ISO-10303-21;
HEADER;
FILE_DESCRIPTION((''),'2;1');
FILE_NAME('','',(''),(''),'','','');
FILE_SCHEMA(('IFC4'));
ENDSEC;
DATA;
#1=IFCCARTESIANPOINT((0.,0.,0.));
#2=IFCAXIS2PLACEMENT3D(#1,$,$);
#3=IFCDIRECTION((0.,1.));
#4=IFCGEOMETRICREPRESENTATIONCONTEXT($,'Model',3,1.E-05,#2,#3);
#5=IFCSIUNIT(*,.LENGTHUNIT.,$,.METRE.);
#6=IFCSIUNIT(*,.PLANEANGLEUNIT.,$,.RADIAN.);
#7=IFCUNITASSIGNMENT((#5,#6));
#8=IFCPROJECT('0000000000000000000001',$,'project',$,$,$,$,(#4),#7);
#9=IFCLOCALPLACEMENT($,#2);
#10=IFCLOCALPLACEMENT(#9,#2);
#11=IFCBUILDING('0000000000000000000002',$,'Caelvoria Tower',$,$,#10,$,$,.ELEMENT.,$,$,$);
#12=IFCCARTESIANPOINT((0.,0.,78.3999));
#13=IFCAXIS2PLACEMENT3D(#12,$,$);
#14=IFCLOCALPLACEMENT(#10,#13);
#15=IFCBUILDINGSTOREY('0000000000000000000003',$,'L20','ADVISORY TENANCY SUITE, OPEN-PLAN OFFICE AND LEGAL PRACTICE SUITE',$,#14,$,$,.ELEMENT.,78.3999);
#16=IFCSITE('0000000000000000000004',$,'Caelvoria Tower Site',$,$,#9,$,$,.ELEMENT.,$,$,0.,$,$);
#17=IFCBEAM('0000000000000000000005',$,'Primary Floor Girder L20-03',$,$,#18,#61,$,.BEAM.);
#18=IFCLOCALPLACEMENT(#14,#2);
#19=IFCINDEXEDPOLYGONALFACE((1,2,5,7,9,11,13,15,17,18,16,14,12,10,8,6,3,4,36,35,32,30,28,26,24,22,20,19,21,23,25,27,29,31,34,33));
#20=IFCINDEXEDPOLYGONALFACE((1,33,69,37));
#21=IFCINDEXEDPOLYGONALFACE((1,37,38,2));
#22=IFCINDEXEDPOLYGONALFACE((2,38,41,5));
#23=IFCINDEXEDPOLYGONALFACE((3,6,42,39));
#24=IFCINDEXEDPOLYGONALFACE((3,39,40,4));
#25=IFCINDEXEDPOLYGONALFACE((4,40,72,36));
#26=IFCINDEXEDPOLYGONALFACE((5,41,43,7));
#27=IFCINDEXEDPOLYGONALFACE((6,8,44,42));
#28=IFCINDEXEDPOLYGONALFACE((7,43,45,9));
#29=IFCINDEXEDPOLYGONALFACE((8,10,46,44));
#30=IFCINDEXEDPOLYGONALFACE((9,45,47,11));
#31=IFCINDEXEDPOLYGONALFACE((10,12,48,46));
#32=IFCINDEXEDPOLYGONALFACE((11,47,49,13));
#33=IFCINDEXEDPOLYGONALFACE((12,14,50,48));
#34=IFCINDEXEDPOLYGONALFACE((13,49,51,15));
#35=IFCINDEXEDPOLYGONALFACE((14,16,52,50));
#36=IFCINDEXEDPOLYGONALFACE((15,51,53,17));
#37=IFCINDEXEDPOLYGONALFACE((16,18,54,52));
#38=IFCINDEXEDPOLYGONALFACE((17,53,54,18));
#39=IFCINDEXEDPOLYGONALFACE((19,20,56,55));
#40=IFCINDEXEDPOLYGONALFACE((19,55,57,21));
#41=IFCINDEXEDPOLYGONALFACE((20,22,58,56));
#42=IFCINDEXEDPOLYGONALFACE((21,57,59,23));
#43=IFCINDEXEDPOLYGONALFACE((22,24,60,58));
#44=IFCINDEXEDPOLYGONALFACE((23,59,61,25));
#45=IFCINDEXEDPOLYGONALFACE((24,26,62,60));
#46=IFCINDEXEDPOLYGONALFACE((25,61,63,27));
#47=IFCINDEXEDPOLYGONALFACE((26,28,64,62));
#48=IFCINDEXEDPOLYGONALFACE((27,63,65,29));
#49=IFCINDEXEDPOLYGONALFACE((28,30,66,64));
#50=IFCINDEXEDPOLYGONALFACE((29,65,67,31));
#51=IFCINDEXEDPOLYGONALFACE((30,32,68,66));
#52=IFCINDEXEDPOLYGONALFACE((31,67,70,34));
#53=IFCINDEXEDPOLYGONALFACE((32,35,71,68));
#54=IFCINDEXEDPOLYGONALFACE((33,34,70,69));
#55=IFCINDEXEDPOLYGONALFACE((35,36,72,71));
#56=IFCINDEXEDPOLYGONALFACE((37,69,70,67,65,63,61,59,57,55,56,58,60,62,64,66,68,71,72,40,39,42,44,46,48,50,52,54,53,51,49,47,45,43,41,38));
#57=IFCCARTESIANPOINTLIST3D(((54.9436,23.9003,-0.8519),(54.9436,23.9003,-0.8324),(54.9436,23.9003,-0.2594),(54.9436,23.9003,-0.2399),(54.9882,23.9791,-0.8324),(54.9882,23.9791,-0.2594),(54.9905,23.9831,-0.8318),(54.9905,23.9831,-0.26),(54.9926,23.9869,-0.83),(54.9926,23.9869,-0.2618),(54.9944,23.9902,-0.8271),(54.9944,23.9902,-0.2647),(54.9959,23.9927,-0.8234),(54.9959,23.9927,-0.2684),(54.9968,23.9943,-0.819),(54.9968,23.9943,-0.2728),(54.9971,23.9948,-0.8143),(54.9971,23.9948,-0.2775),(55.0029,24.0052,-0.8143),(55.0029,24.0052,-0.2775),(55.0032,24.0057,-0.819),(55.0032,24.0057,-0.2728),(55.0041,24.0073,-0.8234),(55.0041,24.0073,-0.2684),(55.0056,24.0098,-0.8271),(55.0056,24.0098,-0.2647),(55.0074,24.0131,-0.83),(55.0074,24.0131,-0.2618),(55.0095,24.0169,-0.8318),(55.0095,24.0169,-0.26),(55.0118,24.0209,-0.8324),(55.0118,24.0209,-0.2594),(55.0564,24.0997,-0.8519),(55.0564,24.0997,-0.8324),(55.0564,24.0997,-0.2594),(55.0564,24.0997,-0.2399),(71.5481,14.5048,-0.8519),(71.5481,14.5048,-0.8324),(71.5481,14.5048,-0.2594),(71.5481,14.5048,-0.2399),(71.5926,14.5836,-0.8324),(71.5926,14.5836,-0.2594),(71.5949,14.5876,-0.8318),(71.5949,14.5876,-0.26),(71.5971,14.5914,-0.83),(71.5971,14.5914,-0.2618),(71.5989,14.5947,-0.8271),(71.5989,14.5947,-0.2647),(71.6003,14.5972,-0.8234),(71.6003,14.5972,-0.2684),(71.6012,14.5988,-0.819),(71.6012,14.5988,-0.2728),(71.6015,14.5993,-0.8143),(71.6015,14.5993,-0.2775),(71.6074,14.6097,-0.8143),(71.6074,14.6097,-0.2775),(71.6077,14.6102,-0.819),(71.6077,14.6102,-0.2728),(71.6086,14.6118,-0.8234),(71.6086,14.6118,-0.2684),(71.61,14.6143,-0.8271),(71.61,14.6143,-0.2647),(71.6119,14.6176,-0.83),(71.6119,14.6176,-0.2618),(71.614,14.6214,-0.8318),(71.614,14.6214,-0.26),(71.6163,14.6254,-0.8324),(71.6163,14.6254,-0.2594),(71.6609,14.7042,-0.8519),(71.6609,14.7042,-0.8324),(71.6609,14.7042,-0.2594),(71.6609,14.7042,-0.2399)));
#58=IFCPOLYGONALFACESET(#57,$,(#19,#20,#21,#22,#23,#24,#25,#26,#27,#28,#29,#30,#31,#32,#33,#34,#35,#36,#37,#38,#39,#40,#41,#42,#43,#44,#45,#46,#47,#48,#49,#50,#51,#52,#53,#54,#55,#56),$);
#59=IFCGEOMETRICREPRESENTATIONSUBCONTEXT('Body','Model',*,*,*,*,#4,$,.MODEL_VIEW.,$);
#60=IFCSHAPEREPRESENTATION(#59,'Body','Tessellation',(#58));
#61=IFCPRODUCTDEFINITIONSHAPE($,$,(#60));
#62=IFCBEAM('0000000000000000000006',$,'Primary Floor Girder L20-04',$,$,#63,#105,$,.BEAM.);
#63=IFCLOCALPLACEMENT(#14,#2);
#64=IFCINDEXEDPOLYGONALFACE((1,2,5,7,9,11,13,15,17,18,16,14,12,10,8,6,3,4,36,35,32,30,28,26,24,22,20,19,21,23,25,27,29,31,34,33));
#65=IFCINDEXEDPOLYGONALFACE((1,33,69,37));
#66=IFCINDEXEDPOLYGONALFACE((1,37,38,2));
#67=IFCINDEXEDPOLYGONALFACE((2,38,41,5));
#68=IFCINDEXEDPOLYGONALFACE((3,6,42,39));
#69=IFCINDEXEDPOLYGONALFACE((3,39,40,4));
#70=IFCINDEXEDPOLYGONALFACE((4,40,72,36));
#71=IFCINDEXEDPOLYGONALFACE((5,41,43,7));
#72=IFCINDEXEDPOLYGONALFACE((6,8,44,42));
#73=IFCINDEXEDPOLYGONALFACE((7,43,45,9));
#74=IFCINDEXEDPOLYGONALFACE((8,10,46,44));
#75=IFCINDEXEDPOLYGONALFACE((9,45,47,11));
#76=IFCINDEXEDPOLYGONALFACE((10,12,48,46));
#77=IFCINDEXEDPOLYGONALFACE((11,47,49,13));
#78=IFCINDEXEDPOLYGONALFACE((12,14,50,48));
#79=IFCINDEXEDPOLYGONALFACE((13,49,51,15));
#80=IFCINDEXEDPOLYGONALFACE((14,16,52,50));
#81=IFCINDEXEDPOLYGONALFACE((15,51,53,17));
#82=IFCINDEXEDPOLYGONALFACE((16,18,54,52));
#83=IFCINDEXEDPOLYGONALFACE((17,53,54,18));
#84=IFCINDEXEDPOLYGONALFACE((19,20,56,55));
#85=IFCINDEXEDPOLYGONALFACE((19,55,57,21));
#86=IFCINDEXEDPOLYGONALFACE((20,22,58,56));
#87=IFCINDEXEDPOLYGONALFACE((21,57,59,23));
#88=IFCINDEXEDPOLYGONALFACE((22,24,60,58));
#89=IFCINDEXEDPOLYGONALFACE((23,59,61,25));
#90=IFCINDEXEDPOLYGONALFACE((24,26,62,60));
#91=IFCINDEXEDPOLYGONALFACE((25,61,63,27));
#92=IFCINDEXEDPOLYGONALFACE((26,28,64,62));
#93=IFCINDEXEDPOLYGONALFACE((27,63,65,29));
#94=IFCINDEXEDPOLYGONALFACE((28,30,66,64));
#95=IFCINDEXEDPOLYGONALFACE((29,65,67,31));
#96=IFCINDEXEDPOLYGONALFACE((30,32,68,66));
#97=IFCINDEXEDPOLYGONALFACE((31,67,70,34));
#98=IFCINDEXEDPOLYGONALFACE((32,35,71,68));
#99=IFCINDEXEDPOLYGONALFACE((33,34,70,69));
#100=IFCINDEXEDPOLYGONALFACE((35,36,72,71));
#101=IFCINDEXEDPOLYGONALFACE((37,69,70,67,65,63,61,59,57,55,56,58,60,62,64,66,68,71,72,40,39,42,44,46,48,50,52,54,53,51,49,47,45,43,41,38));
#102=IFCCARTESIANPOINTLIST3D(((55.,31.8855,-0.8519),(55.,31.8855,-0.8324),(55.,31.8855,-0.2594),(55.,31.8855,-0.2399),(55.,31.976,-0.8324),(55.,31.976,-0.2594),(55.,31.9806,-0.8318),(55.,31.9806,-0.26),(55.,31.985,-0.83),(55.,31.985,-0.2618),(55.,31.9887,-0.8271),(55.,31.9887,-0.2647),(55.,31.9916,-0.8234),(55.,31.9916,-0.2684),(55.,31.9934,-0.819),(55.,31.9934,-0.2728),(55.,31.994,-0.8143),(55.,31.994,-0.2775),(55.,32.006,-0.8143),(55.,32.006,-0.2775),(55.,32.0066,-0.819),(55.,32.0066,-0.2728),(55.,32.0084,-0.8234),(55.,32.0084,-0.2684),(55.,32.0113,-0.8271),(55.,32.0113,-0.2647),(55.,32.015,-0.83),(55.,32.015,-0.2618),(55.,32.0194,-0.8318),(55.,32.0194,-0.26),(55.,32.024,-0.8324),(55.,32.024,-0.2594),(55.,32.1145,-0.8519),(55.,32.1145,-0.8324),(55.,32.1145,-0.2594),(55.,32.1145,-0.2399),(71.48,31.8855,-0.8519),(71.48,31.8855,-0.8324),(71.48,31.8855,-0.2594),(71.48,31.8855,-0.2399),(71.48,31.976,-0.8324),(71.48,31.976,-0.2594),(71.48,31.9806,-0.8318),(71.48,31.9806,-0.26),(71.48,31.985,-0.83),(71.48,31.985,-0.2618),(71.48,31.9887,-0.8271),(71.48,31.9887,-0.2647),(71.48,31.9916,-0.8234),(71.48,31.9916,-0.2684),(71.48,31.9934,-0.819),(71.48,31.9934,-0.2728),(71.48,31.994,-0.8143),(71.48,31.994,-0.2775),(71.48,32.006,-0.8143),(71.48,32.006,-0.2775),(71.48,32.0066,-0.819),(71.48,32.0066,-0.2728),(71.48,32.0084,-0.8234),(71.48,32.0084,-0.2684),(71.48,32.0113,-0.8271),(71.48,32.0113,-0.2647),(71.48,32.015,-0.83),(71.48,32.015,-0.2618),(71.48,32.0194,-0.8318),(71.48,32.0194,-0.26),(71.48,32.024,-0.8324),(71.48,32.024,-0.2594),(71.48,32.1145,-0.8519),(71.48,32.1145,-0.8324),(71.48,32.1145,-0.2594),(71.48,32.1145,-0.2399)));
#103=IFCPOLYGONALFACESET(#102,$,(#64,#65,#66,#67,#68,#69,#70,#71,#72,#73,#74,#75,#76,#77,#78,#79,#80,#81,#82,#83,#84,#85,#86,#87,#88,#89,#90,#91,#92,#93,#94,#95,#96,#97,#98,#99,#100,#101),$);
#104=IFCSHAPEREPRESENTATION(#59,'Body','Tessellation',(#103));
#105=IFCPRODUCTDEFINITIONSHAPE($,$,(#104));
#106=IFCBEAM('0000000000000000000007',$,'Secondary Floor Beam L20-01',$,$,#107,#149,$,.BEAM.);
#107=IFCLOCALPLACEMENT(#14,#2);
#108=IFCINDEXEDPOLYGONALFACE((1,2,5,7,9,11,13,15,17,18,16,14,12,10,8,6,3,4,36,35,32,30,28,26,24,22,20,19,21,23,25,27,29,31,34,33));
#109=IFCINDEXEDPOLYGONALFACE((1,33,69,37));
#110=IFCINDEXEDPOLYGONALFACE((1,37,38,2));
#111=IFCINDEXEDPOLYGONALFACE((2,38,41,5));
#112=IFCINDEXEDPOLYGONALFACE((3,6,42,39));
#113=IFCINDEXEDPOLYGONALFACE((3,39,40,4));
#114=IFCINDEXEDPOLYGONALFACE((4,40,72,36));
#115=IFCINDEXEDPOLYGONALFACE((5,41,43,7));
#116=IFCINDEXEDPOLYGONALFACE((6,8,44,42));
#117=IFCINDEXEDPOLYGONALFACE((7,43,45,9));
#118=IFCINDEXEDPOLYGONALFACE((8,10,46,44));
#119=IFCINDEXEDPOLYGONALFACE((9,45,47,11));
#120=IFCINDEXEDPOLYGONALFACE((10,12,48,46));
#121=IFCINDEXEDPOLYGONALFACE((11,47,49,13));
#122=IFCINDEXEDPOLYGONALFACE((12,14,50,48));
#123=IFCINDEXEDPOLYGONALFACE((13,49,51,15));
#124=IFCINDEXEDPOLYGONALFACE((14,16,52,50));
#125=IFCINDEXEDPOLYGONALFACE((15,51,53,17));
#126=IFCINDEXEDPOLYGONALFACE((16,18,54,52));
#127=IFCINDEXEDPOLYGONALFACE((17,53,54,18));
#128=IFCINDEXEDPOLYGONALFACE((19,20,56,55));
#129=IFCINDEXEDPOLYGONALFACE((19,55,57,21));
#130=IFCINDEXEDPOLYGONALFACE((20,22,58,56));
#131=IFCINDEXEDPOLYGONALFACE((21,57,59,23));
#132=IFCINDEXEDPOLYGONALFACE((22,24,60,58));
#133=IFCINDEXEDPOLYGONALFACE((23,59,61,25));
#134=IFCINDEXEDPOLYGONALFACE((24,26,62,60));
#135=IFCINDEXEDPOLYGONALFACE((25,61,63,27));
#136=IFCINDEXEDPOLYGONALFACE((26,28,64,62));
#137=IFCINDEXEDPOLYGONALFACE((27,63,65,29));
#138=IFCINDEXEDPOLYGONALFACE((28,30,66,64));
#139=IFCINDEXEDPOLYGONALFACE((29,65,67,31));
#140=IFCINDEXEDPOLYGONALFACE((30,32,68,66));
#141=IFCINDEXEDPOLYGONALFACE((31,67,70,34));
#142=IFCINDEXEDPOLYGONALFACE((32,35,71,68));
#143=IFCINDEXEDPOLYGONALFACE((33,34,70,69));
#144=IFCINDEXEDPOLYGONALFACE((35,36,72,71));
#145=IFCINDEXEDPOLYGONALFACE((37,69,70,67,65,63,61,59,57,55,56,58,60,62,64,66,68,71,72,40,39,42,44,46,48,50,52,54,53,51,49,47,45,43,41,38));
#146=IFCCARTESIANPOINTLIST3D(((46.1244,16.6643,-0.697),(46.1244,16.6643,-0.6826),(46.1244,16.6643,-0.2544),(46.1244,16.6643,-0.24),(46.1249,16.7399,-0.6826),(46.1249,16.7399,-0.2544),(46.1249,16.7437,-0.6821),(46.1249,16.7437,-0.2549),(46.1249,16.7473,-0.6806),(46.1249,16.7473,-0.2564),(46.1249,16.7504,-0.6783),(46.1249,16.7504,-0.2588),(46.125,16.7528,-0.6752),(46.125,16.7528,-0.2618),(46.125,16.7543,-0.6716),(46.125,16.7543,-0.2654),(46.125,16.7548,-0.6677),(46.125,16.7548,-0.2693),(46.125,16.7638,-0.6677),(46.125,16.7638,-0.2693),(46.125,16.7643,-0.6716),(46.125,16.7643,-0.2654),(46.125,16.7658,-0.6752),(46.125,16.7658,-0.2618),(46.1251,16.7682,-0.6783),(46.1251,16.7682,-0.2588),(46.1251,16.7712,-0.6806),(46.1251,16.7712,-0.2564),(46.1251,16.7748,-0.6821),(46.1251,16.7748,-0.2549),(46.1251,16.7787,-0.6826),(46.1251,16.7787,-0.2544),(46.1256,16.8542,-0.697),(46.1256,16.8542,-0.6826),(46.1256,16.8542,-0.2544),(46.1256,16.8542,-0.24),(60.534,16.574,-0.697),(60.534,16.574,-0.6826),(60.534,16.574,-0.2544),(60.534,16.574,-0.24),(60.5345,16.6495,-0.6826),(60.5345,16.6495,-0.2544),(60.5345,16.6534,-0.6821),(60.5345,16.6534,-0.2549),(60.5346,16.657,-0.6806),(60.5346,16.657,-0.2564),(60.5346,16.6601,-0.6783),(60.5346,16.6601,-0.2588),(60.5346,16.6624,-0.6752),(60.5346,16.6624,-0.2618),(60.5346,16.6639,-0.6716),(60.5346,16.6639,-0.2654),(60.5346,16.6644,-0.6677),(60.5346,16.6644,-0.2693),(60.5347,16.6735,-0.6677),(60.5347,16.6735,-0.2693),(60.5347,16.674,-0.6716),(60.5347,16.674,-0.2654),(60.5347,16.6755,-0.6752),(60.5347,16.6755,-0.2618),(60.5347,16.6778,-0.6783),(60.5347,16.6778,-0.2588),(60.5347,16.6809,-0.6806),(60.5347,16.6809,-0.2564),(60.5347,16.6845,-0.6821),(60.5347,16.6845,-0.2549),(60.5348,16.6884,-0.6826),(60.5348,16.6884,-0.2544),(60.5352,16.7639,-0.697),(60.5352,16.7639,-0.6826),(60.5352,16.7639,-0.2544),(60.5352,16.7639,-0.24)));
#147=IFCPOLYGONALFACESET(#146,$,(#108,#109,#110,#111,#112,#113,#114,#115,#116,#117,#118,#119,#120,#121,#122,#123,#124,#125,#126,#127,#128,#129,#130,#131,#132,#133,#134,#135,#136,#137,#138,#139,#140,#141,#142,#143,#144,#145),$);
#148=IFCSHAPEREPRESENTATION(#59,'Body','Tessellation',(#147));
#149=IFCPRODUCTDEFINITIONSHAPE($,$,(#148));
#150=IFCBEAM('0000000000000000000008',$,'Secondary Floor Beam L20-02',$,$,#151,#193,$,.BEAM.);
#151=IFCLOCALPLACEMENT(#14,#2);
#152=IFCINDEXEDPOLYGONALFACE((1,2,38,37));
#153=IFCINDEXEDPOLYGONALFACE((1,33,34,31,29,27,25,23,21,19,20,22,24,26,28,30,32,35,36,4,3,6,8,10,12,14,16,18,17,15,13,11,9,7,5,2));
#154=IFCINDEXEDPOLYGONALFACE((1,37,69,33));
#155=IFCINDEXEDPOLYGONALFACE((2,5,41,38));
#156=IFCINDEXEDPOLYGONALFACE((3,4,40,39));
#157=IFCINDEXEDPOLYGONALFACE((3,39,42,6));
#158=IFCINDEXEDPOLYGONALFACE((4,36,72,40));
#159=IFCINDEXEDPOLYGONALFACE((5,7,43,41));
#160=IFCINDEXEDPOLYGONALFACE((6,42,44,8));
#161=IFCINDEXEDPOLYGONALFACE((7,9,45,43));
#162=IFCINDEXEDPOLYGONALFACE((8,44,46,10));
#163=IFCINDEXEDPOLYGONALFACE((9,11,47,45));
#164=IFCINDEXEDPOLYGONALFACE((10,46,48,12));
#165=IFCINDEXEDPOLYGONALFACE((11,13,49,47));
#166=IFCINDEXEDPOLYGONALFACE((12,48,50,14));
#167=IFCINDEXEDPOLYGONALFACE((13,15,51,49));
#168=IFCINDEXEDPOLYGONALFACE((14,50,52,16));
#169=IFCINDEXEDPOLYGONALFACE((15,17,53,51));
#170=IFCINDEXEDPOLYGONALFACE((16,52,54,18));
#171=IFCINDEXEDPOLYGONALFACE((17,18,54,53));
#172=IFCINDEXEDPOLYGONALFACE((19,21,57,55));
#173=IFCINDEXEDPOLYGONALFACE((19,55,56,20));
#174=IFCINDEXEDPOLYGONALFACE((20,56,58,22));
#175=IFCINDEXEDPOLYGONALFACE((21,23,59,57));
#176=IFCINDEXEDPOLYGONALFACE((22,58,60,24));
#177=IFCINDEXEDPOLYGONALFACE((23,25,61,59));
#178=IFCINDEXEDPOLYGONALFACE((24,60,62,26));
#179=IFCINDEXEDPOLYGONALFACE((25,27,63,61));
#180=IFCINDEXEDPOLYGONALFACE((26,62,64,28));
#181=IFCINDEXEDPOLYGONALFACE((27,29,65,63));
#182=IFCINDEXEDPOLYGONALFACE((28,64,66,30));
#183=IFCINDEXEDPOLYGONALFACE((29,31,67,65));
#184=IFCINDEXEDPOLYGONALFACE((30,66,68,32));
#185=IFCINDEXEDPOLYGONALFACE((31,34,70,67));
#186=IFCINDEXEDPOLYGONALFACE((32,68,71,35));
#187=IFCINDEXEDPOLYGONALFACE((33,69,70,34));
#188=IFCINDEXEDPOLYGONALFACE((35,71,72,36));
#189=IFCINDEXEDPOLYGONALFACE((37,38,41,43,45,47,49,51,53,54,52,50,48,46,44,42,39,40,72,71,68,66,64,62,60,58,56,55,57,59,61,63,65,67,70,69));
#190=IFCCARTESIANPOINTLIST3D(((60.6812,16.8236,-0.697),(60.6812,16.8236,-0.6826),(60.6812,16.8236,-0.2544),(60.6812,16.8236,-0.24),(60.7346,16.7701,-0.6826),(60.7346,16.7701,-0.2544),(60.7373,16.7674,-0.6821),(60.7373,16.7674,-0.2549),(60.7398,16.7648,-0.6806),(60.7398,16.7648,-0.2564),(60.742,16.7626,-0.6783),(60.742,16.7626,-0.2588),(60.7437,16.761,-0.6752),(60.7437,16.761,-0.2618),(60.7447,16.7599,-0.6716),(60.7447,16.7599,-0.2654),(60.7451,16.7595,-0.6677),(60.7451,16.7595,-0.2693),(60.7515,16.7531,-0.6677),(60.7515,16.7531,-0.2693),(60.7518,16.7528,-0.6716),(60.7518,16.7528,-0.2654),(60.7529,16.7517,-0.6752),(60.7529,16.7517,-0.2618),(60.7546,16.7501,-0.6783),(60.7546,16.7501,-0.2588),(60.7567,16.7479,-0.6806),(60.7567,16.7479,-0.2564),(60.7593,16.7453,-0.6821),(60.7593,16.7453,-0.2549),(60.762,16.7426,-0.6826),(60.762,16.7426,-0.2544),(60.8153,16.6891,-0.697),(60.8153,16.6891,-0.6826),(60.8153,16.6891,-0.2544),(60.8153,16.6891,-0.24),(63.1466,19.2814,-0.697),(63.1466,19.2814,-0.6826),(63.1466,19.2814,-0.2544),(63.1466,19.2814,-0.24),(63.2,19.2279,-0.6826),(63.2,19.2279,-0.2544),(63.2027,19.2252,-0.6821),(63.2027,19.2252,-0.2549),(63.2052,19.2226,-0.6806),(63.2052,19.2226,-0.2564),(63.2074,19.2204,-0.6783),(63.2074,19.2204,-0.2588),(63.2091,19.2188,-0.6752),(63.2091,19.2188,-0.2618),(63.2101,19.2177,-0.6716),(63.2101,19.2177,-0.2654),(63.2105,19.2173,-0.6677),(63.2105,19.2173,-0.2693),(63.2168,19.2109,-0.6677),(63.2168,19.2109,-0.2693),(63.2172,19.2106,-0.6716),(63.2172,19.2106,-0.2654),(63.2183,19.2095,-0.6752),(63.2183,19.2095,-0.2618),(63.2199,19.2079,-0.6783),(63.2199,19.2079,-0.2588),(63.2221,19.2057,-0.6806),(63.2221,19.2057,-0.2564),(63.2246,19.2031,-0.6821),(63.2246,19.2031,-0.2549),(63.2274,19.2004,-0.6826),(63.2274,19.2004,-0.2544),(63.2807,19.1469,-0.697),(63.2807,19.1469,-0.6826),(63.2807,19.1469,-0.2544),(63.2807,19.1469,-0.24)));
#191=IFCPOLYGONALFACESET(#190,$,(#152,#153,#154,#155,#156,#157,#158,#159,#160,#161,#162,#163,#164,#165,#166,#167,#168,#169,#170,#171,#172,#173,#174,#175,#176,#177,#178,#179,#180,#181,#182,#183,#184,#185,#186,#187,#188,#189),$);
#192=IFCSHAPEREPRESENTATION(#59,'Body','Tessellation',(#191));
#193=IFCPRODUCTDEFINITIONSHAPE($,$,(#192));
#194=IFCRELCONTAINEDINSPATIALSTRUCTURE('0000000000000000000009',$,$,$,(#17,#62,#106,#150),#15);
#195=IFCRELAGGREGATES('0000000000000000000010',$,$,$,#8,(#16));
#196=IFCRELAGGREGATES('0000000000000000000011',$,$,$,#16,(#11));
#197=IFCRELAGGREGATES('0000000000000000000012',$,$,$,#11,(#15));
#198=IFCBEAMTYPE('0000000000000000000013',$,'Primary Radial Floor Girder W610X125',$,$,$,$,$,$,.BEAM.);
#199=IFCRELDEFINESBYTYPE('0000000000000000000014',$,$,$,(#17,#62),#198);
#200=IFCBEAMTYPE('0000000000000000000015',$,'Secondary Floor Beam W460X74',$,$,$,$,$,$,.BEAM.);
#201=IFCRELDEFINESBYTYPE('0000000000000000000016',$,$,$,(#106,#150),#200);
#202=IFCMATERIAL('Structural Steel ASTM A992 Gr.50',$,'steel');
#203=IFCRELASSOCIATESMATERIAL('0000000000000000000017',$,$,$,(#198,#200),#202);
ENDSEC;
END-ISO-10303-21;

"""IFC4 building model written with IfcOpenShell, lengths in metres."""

from ifc_helpers import new_model, si_unit, direction, frame, origin, origin_2d, place, context, subcontext, project, spatial, i_section, extrude, material, material_profile, profile_set, type_object, element, save


model = new_model("IFC4")

# Units and contexts
model_context = context("Model", 3, precision=1e-05, world=origin(), true_north=direction((0.0, 1.0)))
body_context = subcontext(model_context, "Body", "Model", "MODEL_VIEW")
ifc_project = project(units=[si_unit("LENGTHUNIT", "METRE"), si_unit("PLANEANGLEUNIT", "RADIAN")], contexts=[model_context])

# Site, building, storey
site_placement = place(None, origin())
site = spatial("IfcSite", under=ifc_project, at=site_placement, Name="Caelvoria Tower Site", CompositionType="ELEMENT", RefElevation=0.0)
building_placement = place(site_placement, origin())
building = spatial("IfcBuilding", under=site, at=building_placement, Name="Caelvoria Tower", CompositionType="ELEMENT")
storey_placement = place(building_placement, frame((0.0, 0.0, 78.3999)))
storey = spatial("IfcBuildingStorey", under=building, at=storey_placement, Name="L20", Description="ADVISORY TENANCY SUITE, OPEN-PLAN OFFICE AND LEGAL PRACTICE SUITE", CompositionType="ELEMENT", Elevation=78.3999)

# Beams
ifc_material_1 = material(Name="Structural Steel ASTM A992 Gr.50", Category="steel")
ifc_material_profile_1 = material_profile(ifc_material_1, i_section(OverallWidth=0.229, OverallDepth=0.6121, WebThickness=0.012, FlangeThickness=0.0195, FilletRadius=0.0181, at=origin_2d()), Name="Structural Steel ASTM A992 Gr.50")
ifc_profile_set_1 = profile_set([ifc_material_profile_1], Name="W610X125 - Structural Steel ASTM A992 Gr.50")
beam_type_1 = type_object("IfcBeamType", Name="Primary Radial Floor Girder W610X125", PredefinedType="BEAM", material=ifc_profile_set_1)
beam_1_placement = place(storey_placement, frame((55.0, 24.0, -0.5459), z_axis=(0.87033, -0.492469, 0.0), x_axis=(0.492469, 0.87033, 0.0)))
element("IfcBeam", 1, at=beam_1_placement, inside=storey, type_object=beam_type_1, Name="Primary Floor Girder L20-03", PredefinedType="BEAM", context=body_context, shape_type="SweptSolid", body=[
    extrude(i_section(OverallWidth=0.229, OverallDepth=0.6121, WebThickness=0.012, FlangeThickness=0.0195, FilletRadius=0.0181, at=origin_2d()), origin(), (0.0, 0.0, 1.0), 19.0784),
])
beam_2_placement = place(storey_placement, frame((55.0, 32.0, -0.5459), z_axis=(1.0, 0.0, 0.0), x_axis=(0.0, 1.0, 0.0)))
element("IfcBeam", 2, at=beam_2_placement, inside=storey, type_object=beam_type_1, Name="Primary Floor Girder L20-04", PredefinedType="BEAM", context=body_context, shape_type="SweptSolid", body=[
    extrude(i_section(OverallWidth=0.229, OverallDepth=0.6121, WebThickness=0.012, FlangeThickness=0.0195, FilletRadius=0.0181, at=origin_2d()), origin(), (0.0, 0.0, 1.0), 16.48),
])
ifc_material_profile_2 = material_profile(ifc_material_1, i_section(OverallWidth=0.1899, OverallDepth=0.457, WebThickness=0.009, FlangeThickness=0.0144, FilletRadius=0.0149, at=origin_2d()), Name="Structural Steel ASTM A992 Gr.50")
ifc_profile_set_2 = profile_set([ifc_material_profile_2], Name="W460X74 - Structural Steel ASTM A992 Gr.50")
beam_type_2 = type_object("IfcBeamType", Name="Secondary Floor Beam W460X74", PredefinedType="BEAM", material=ifc_profile_set_2)
beam_3_placement = place(storey_placement, frame((46.125, 16.7593, -0.4685), z_axis=(0.99998, -0.006269, 0.0), x_axis=(0.006269, 0.99998, 0.0)))
element("IfcBeam", 3, at=beam_3_placement, inside=storey, type_object=beam_type_2, Name="Secondary Floor Beam L20-01", PredefinedType="BEAM", context=body_context, shape_type="SweptSolid", body=[
    extrude(i_section(OverallWidth=0.1899, OverallDepth=0.457, WebThickness=0.009, FlangeThickness=0.0144, FilletRadius=0.0149, at=origin_2d()), origin(), (0.0, 0.0, 1.0), 14.4099),
])
beam_4_placement = place(storey_placement, frame((60.7483, 16.7563, -0.4685), z_axis=(0.708193, 0.706019, 0.0), x_axis=(-0.706019, 0.708193, 0.0)))
element("IfcBeam", 4, at=beam_4_placement, inside=storey, type_object=beam_type_2, Name="Secondary Floor Beam L20-02", PredefinedType="BEAM", context=body_context, shape_type="SweptSolid", body=[
    extrude(i_section(OverallWidth=0.1899, OverallDepth=0.457, WebThickness=0.009, FlangeThickness=0.0144, FilletRadius=0.0149, at=origin_2d()), origin(), (0.0, 0.0, 1.0), 3.4812),
])

save(model, "model.ifc")
